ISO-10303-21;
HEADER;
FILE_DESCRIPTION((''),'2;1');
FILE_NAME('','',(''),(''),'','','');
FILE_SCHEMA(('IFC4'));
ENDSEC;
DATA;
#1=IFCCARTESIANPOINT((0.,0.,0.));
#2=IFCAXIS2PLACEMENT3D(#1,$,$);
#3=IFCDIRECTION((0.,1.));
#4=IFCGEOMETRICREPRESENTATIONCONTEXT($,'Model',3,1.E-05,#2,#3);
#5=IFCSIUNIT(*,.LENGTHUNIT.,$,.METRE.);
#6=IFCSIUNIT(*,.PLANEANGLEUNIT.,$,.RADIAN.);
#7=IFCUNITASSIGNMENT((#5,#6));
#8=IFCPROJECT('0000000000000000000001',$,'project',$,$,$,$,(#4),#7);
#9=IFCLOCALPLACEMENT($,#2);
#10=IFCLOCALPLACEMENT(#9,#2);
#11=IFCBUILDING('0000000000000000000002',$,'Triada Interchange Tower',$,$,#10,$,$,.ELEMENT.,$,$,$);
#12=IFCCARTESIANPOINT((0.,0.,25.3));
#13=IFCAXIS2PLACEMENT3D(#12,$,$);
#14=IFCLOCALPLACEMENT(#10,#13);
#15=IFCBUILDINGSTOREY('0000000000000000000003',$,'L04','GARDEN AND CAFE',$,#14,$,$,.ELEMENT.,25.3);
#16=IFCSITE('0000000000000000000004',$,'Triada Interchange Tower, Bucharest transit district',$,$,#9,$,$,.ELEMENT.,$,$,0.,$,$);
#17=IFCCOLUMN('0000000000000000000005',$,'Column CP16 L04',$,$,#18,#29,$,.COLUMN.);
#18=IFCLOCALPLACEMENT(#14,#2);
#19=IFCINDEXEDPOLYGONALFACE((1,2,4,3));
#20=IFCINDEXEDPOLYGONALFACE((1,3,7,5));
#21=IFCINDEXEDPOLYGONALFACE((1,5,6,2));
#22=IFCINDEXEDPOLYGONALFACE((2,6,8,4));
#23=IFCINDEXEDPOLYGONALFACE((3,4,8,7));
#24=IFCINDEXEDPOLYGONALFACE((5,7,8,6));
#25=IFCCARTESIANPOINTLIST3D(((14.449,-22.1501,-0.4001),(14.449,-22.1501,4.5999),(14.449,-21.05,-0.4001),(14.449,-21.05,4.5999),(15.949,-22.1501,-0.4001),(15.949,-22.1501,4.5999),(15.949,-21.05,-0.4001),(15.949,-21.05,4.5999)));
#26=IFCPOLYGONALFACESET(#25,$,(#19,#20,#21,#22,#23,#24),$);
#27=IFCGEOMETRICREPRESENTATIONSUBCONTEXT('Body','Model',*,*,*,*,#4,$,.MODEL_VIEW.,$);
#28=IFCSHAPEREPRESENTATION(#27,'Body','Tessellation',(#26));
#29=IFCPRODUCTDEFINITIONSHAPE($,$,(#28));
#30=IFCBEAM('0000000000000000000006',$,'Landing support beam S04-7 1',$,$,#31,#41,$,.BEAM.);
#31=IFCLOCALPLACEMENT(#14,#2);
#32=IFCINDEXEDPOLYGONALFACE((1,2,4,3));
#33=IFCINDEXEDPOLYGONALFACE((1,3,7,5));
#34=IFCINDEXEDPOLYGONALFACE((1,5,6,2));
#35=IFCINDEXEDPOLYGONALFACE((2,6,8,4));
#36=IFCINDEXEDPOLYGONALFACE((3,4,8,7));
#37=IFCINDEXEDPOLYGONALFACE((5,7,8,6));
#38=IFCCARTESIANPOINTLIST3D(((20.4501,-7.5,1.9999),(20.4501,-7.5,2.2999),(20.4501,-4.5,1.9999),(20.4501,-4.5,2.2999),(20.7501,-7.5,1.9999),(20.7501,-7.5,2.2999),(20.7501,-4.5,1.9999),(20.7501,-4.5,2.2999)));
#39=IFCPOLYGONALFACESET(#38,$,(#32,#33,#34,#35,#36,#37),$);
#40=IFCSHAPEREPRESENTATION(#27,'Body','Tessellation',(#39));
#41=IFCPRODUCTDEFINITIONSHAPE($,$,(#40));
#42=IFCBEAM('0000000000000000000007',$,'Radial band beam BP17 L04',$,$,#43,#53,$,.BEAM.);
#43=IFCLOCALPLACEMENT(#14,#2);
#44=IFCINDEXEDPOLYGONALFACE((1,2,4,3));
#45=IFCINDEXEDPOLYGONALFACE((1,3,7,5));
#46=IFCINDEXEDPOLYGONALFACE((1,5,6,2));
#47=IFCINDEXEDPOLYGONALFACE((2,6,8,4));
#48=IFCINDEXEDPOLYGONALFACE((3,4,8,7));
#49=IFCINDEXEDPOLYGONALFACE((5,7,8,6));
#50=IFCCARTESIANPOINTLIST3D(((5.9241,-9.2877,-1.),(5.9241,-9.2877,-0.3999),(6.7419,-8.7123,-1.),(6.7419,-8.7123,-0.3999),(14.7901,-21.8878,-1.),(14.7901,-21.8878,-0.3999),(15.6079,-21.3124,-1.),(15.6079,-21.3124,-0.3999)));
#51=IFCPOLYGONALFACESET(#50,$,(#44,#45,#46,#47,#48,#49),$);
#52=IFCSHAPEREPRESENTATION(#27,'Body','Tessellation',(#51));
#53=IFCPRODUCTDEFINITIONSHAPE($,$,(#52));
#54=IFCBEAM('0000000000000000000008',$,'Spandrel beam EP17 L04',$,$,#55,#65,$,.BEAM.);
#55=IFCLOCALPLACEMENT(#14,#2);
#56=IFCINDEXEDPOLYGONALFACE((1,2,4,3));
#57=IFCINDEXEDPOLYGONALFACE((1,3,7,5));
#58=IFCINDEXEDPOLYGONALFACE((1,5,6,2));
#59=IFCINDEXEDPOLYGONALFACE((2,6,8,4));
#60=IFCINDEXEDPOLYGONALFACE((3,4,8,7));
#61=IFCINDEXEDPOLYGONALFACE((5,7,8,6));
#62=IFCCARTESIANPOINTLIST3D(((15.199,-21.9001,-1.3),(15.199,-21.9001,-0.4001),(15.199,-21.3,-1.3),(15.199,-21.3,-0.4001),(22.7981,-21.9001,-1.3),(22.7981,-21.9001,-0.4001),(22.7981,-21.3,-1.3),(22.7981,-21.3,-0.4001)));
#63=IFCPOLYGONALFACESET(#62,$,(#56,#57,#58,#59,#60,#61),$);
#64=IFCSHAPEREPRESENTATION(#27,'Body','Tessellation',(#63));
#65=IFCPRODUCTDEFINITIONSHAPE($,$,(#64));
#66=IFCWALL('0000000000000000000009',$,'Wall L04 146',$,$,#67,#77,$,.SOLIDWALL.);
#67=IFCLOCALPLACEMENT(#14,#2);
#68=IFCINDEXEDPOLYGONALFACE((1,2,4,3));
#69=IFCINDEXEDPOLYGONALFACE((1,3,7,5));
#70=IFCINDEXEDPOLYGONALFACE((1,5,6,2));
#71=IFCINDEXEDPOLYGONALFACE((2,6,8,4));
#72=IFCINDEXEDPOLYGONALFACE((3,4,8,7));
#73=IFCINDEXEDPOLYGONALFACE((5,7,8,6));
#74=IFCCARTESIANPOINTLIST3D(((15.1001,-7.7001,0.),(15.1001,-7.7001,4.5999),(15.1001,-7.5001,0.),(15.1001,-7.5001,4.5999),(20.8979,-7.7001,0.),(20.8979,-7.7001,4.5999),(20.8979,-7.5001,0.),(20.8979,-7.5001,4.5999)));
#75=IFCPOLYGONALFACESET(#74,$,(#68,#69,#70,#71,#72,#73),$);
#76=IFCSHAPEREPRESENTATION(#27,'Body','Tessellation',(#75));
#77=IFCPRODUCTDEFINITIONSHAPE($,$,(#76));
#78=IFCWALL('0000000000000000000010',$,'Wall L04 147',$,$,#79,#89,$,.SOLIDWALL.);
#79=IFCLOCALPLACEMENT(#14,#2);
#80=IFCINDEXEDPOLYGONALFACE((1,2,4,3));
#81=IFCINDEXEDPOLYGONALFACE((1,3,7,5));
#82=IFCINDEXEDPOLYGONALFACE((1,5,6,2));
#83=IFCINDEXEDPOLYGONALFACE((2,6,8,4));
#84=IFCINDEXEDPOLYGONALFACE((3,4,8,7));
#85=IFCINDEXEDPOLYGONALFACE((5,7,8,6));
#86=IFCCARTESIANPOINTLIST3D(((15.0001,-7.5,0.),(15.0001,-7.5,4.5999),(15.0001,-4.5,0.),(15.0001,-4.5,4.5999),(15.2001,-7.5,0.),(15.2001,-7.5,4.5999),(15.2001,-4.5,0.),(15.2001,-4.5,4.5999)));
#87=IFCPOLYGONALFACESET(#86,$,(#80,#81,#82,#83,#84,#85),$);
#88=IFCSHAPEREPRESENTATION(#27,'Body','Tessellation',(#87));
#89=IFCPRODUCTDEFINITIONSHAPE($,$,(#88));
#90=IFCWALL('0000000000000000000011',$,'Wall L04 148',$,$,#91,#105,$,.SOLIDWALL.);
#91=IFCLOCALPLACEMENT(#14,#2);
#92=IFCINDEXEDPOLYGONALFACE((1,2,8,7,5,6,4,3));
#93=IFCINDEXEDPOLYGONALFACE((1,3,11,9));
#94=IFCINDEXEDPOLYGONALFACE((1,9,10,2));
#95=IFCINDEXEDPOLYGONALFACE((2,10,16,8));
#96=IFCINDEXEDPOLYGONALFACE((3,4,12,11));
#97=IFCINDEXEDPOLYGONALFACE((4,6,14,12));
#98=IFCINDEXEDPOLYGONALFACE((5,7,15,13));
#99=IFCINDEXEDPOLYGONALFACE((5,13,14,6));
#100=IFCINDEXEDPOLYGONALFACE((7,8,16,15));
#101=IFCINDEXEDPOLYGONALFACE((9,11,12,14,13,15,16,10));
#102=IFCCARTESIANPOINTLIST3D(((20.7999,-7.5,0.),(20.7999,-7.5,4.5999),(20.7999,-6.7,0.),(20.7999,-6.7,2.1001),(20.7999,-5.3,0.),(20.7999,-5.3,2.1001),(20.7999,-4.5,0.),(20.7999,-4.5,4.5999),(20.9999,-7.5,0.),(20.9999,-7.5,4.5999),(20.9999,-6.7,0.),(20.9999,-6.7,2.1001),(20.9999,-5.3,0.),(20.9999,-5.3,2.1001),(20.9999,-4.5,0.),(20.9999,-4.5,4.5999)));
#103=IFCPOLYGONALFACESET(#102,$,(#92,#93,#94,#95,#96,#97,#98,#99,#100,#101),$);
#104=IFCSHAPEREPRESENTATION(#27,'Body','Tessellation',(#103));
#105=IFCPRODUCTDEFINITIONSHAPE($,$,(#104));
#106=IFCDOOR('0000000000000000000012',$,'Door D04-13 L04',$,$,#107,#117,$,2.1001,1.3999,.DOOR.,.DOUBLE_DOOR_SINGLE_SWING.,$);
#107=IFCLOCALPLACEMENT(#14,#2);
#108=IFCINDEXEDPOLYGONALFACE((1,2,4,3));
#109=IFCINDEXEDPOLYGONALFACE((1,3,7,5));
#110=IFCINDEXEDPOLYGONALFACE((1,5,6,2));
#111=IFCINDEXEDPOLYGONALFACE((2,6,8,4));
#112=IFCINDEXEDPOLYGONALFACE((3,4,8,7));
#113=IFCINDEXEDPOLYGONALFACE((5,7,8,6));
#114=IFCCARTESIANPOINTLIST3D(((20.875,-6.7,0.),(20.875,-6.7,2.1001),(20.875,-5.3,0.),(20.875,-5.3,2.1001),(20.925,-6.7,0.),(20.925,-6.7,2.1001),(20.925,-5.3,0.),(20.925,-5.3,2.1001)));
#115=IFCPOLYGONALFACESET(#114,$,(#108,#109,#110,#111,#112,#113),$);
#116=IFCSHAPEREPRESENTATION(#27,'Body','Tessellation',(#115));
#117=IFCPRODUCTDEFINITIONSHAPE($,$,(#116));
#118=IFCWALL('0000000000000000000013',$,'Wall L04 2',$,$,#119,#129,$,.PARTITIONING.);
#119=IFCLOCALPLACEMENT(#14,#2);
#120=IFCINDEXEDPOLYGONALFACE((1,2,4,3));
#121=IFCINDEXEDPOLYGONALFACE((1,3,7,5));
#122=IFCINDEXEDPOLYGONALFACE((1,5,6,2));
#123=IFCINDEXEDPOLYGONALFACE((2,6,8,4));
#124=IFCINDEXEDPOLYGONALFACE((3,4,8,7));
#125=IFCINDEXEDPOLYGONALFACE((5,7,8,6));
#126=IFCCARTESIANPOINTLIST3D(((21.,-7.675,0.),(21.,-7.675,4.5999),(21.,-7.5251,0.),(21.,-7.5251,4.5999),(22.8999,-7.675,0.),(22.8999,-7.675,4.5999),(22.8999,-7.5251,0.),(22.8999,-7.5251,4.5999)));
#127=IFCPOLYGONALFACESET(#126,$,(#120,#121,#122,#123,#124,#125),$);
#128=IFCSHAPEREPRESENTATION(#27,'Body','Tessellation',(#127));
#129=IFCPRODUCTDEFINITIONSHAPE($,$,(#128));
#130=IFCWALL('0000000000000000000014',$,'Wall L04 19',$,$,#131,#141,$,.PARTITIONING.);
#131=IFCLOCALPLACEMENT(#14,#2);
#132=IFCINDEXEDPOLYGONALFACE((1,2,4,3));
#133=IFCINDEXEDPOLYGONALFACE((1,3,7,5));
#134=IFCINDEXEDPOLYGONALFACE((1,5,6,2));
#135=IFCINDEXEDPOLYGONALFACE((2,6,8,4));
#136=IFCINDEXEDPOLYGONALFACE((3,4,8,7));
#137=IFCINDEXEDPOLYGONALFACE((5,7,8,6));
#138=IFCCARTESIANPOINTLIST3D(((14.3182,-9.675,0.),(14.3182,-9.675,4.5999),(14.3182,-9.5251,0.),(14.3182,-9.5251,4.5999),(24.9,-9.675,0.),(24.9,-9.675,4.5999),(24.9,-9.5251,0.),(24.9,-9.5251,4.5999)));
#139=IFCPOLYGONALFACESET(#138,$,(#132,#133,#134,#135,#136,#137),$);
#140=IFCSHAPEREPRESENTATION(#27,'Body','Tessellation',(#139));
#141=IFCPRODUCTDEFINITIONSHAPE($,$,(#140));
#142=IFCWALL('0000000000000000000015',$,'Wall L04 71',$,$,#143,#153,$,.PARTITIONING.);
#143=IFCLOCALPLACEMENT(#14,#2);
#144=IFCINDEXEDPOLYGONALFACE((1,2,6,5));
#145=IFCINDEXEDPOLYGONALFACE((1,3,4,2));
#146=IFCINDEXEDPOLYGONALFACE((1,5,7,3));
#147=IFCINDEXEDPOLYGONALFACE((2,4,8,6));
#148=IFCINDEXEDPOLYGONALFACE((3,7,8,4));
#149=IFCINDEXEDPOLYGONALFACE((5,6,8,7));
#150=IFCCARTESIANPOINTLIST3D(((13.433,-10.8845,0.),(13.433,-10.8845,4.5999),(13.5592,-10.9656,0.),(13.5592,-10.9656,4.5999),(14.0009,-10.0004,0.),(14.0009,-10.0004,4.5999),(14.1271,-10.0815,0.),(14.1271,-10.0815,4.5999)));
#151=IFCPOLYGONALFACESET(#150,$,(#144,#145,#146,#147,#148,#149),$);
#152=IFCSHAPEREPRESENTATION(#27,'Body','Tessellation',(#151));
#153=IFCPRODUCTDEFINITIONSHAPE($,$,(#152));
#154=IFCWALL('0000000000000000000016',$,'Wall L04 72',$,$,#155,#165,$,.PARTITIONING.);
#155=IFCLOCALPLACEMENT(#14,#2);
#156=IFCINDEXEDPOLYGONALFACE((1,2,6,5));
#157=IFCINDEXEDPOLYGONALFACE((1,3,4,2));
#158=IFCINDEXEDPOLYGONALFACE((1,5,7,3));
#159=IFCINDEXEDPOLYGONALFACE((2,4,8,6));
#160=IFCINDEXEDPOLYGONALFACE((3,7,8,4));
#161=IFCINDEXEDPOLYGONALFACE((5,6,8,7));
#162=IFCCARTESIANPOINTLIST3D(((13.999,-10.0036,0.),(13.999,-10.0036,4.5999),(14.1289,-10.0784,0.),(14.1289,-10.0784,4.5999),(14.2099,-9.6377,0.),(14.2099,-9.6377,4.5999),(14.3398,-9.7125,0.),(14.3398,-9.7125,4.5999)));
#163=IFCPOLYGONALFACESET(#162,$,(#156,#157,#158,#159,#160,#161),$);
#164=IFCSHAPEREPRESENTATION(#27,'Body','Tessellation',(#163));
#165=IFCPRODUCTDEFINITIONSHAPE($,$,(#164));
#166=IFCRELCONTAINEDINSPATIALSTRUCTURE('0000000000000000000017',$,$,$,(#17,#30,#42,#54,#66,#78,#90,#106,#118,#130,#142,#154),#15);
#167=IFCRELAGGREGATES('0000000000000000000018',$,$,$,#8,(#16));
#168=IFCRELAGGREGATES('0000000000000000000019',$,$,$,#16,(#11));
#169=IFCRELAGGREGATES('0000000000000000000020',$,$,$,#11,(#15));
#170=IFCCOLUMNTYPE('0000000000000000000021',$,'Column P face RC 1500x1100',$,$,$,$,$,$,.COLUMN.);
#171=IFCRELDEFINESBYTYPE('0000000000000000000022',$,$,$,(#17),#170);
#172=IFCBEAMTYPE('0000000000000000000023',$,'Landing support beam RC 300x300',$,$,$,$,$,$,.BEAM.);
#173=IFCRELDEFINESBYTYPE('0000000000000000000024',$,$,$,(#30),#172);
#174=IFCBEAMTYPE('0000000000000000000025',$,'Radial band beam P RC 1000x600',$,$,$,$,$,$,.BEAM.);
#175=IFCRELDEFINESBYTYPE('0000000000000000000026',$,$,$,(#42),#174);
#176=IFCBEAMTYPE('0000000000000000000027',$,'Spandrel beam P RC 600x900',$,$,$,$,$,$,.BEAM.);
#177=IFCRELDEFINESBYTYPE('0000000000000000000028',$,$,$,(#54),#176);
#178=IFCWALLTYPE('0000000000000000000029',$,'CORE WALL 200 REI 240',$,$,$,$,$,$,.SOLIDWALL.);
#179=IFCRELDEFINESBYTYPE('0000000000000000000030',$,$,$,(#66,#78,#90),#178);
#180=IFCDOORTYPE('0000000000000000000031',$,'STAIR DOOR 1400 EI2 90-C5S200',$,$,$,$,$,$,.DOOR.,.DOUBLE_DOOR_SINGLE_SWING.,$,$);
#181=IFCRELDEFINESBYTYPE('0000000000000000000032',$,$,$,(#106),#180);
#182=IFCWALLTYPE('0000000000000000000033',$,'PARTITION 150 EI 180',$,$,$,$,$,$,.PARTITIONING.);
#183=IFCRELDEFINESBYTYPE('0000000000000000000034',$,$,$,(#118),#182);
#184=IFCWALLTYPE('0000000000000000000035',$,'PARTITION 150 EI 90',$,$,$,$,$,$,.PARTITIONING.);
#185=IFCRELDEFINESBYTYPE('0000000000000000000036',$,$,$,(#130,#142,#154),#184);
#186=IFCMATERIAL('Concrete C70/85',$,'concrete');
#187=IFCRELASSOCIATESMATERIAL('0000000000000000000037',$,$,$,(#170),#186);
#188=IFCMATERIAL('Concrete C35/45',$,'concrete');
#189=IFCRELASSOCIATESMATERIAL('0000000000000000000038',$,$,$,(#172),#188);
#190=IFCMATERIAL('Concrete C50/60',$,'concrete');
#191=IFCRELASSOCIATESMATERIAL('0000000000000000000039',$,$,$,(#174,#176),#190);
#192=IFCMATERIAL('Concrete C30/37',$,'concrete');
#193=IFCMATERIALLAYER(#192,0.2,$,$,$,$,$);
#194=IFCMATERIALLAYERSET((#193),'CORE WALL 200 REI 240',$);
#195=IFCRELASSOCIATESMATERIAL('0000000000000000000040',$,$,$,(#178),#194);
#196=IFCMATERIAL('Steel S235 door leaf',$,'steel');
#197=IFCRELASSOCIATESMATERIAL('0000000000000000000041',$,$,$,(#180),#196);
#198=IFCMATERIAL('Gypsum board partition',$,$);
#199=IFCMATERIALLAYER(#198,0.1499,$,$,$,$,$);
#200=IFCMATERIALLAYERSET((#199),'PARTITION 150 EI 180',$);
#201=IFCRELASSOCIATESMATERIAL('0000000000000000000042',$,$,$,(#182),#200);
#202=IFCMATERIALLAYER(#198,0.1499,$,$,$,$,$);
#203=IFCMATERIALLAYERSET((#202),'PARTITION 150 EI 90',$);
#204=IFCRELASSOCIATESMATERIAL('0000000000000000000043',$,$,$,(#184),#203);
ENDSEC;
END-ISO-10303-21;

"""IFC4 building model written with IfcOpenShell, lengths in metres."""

from ifc_helpers import new_model, si_unit, direction, frame, frame_2d, origin, origin_2d, place, context, subcontext, project, spatial, rectangle, extrude, material, layer, layer_set, material_profile, profile_set, type_object, element, fill, save


model = new_model("IFC4")

# Units and contexts
model_context = context("Model", 3, precision=1e-05, world=origin(), true_north=direction((0.0, 1.0)))
body_context = subcontext(model_context, "Body", "Model", "MODEL_VIEW")
ifc_project = project(units=[si_unit("LENGTHUNIT", "METRE"), si_unit("PLANEANGLEUNIT", "RADIAN")], contexts=[model_context])

# Site, building, storey
site_placement = place(None, origin())
site = spatial("IfcSite", under=ifc_project, at=site_placement, Name="Triada Interchange Tower, Bucharest transit district", CompositionType="ELEMENT", RefElevation=0.0)
building_placement = place(site_placement, origin())
building = spatial("IfcBuilding", under=site, at=building_placement, Name="Triada Interchange Tower", CompositionType="ELEMENT")
storey_placement = place(building_placement, frame((0.0, 0.0, 25.3)))
storey = spatial("IfcBuildingStorey", under=building, at=storey_placement, Name="L04", Description="GARDEN AND CAFE", CompositionType="ELEMENT", Elevation=25.3)

# Column
ifc_material_1 = material(Name="Concrete C70/85", Category="concrete")
ifc_material_profile_1 = material_profile(ifc_material_1, rectangle(XDim=1.5, YDim=1.1001, at=origin_2d()), Name="RC 1500x1100")
ifc_profile_set_1 = profile_set([ifc_material_profile_1], Name="Concrete C70/85")
column_type = type_object("IfcColumnType", Name="Column P face RC 1500x1100", PredefinedType="COLUMN", material=ifc_profile_set_1)
column_placement = place(storey_placement, frame((15.199, -21.6001, -0.4001), z_axis=(0.0, 0.0, 1.0), x_axis=(1.0, 0.0, 0.0)))
element("IfcColumn", 1, at=column_placement, inside=storey, type_object=column_type, Name="Column CP16 L04", PredefinedType="COLUMN", context=body_context, shape_type="SweptSolid", body=[
    extrude(rectangle(XDim=1.5, YDim=1.1001, at=origin_2d()), origin(), (0.0, 0.0, 1.0), 5.0),
])

# Beams
ifc_material_2 = material(Name="Concrete C35/45", Category="concrete")
ifc_material_profile_2 = material_profile(ifc_material_2, rectangle(XDim=0.3, YDim=0.3, at=origin_2d()), Name="RC 300x300")
ifc_profile_set_2 = profile_set([ifc_material_profile_2], Name="Concrete C35/45")
beam_type_1 = type_object("IfcBeamType", Name="Landing support beam RC 300x300", PredefinedType="BEAM", material=ifc_profile_set_2)
beam_1_placement = place(storey_placement, frame((20.6001, -7.5, 2.1499), z_axis=(0.0, 1.0, 0.0), x_axis=(-1.0, 0.0, 0.0)))
element("IfcBeam", 2, at=beam_1_placement, inside=storey, type_object=beam_type_1, Name="Landing support beam S04-7 1", PredefinedType="BEAM", context=body_context, shape_type="SweptSolid", body=[
    extrude(rectangle(XDim=0.3, YDim=0.3, at=origin_2d()), origin(), (0.0, 0.0, 1.0), 3.0),
])
ifc_material_3 = material(Name="Concrete C50/60", Category="concrete")
ifc_material_profile_3 = material_profile(ifc_material_3, rectangle(XDim=1.0, YDim=0.6001, at=origin_2d()), Name="RC 1000x600")
ifc_profile_set_3 = profile_set([ifc_material_profile_3], Name="Concrete C50/60")
beam_type_2 = type_object("IfcBeamType", Name="Radial band beam P RC 1000x600", PredefinedType="BEAM", material=ifc_profile_set_3)
beam_2_placement = place(storey_placement, frame((15.199, -21.6001, -0.7), z_axis=(-0.57546, 0.81783, 0.0), x_axis=(-0.81783, -0.57546, 0.0)))
element("IfcBeam", 3, at=beam_2_placement, inside=storey, type_object=beam_type_2, Name="Radial band beam BP17 L04", PredefinedType="BEAM", context=body_context, shape_type="SweptSolid", body=[
    extrude(rectangle(XDim=1.0, YDim=0.6001, at=origin_2d()), origin(), (0.0, 0.0, 1.0), 15.4067),
])
ifc_material_profile_4 = material_profile(ifc_material_3, rectangle(XDim=0.6001, YDim=0.8999, at=origin_2d()), Name="RC 600x900")
ifc_profile_set_4 = profile_set([ifc_material_profile_4], Name="Concrete C50/60")
beam_type_3 = type_object("IfcBeamType", Name="Spandrel beam P RC 600x900", PredefinedType="BEAM", material=ifc_profile_set_4)
beam_3_placement = place(storey_placement, frame((15.199, -21.6001, -0.8501), z_axis=(1.0, 0.0, 0.0), x_axis=(0.0, 1.0, 0.0)))
element("IfcBeam", 4, at=beam_3_placement, inside=storey, type_object=beam_type_3, Name="Spandrel beam EP17 L04", PredefinedType="BEAM", context=body_context, shape_type="SweptSolid", body=[
    extrude(rectangle(XDim=0.6001, YDim=0.8999, at=origin_2d()), origin(), (0.0, 0.0, 1.0), 7.5991),
])

# Walls
ifc_material_4 = material(Name="Concrete C30/37", Category="concrete")
ifc_layer_1 = layer(ifc_material_4, 0.2)
ifc_layer_set_1 = layer_set([ifc_layer_1], Name="CORE WALL 200 REI 240")
wall_type_1 = type_object("IfcWallType", Name="CORE WALL 200 REI 240", PredefinedType="SOLIDWALL", material=ifc_layer_set_1)
wall_1_placement = place(storey_placement, frame((15.1001, -7.6001, 0.0), z_axis=(0.0, 0.0, 1.0), x_axis=(1.0, 0.0, 0.0)))
element("IfcWall", 5, at=wall_1_placement, inside=storey, type_object=wall_type_1, Name="Wall L04 146", PredefinedType="SOLIDWALL", context=body_context, shape_type="SweptSolid", body=[
    extrude(rectangle(XDim=5.7979, YDim=0.2, at=frame_2d((2.8989, 0.0))), origin(), (0.0, 0.0, 1.0), 4.5999),
])
wall_2_placement = place(storey_placement, frame((15.1001, -7.5, 0.0), z_axis=(0.0, 0.0, 1.0), x_axis=(0.0, 1.0, 0.0)))
element("IfcWall", 6, at=wall_2_placement, inside=storey, type_object=wall_type_1, Name="Wall L04 147", PredefinedType="SOLIDWALL", context=body_context, shape_type="SweptSolid", body=[
    extrude(rectangle(XDim=3.0, YDim=0.2, at=frame_2d((1.5, 0.0))), origin(), (0.0, 0.0, 1.0), 4.5999),
])

# Wall, opening, door
wall_3_placement = place(storey_placement, frame((20.8999, -7.5, 0.0), z_axis=(0.0, 0.0, 1.0), x_axis=(0.0, 1.0, 0.0)))
wall_3 = element("IfcWall", 7, at=wall_3_placement, inside=storey, type_object=wall_type_1, Name="Wall L04 148", PredefinedType="SOLIDWALL", context=body_context, shape_type="SweptSolid", body=[
    extrude(rectangle(XDim=3.0, YDim=0.2, at=frame_2d((1.5, 0.0))), origin(), (0.0, 0.0, 1.0), 4.5999),
])
opening_1_placement = place(wall_3_placement, frame((0.8, 0.0, 0.0)))
opening_1 = element("IfcOpeningElement", 8, at=opening_1_placement, cuts=wall_3, PredefinedType="OPENING", context=body_context, shape_type="SweptSolid", body=[
    extrude(rectangle(XDim=1.3999, YDim=2.1001, at=frame_2d((0.7, 1.05))), frame((0.0, 0.1099, 0.0), z_axis=(0.0, -1.0, 0.0), x_axis=(1.0, 0.0, 0.0)), (0.0, 0.0, 1.0), 0.22),
])
ifc_material_5 = material(Name="Steel S235 door leaf", Category="steel")
door_type_1 = type_object("IfcDoorType", Name="STAIR DOOR 1400 EI2 90-C5S200", OperationType="DOUBLE_DOOR_SINGLE_SWING", PredefinedType="DOOR", material=ifc_material_5)
door_1_placement = place(opening_1_placement, origin())
door_1 = element("IfcDoor", 9, at=door_1_placement, inside=storey, type_object=door_type_1, Name="Door D04-13 L04", OperationType="DOUBLE_DOOR_SINGLE_SWING", OverallHeight=2.1001, OverallWidth=1.3999, PredefinedType="DOOR", context=body_context, shape_type="SweptSolid", body=[
    extrude(rectangle(XDim=1.3999, YDim=2.1001, at=frame_2d((0.7, 1.05))), frame((0.0, 0.0249, 0.0), z_axis=(0.0, -1.0, 0.0), x_axis=(1.0, 0.0, 0.0)), (0.0, 0.0, 1.0), 0.05),
])
fill(opening_1, door_1)

# Walls
ifc_material_6 = material(Name="Gypsum board partition")
ifc_layer_2 = layer(ifc_material_6, 0.1499)
ifc_layer_set_2 = layer_set([ifc_layer_2], Name="PARTITION 150 EI 180")
wall_type_2 = type_object("IfcWallType", Name="PARTITION 150 EI 180", PredefinedType="PARTITIONING", material=ifc_layer_set_2)
wall_4_placement = place(storey_placement, frame((21.0, -7.6001, 0.0), z_axis=(0.0, 0.0, 1.0), x_axis=(1.0, 0.0, 0.0)))
element("IfcWall", 10, at=wall_4_placement, inside=storey, type_object=wall_type_2, Name="Wall L04 2", PredefinedType="PARTITIONING", context=body_context, shape_type="SweptSolid", body=[
    extrude(rectangle(XDim=1.8999, YDim=0.1499, at=frame_2d((0.95, 0.0))), origin(), (0.0, 0.0, 1.0), 4.5999),
])
ifc_layer_3 = layer(ifc_material_6, 0.1499)
ifc_layer_set_3 = layer_set([ifc_layer_3], Name="PARTITION 150 EI 90")
wall_type_3 = type_object("IfcWallType", Name="PARTITION 150 EI 90", PredefinedType="PARTITIONING", material=ifc_layer_set_3)
wall_5_placement = place(storey_placement, frame((14.3181, -9.6001, 0.0), z_axis=(0.0, 0.0, 1.0), x_axis=(1.0, 0.0, 0.0)))
element("IfcWall", 11, at=wall_5_placement, inside=storey, type_object=wall_type_3, Name="Wall L04 19", PredefinedType="PARTITIONING", context=body_context, shape_type="SweptSolid", body=[
    extrude(rectangle(XDim=10.5818, YDim=0.1499, at=frame_2d((5.291, 0.0))), origin(), (0.0, 0.0, 1.0), 4.5999),
])
wall_6_placement = place(storey_placement, frame((13.4961, -10.925, 0.0), z_axis=(0.0, 0.0, 1.0), x_axis=(0.540464, 0.841367, 0.0)))
element("IfcWall", 12, at=wall_6_placement, inside=storey, type_object=wall_type_3, Name="Wall L04 71", PredefinedType="PARTITIONING", context=body_context, shape_type="SweptSolid", body=[
    extrude(rectangle(XDim=1.0508, YDim=0.1499, at=frame_2d((0.5254, 0.0))), origin(), (0.0, 0.0, 1.0), 4.5999),
])
wall_7_placement = place(storey_placement, frame((14.064, -10.041, 0.0), z_axis=(0.0, 0.0, 1.0), x_axis=(0.499372, 0.866388, 0.0)))
element("IfcWall", 13, at=wall_7_placement, inside=storey, type_object=wall_type_3, Name="Wall L04 72", PredefinedType="PARTITIONING", context=body_context, shape_type="SweptSolid", body=[
    extrude(rectangle(XDim=0.4224, YDim=0.1499, at=frame_2d((0.2112, 0.0))), origin(), (0.0, 0.0, 1.0), 4.5999),
])

save(model, "model.ifc")
